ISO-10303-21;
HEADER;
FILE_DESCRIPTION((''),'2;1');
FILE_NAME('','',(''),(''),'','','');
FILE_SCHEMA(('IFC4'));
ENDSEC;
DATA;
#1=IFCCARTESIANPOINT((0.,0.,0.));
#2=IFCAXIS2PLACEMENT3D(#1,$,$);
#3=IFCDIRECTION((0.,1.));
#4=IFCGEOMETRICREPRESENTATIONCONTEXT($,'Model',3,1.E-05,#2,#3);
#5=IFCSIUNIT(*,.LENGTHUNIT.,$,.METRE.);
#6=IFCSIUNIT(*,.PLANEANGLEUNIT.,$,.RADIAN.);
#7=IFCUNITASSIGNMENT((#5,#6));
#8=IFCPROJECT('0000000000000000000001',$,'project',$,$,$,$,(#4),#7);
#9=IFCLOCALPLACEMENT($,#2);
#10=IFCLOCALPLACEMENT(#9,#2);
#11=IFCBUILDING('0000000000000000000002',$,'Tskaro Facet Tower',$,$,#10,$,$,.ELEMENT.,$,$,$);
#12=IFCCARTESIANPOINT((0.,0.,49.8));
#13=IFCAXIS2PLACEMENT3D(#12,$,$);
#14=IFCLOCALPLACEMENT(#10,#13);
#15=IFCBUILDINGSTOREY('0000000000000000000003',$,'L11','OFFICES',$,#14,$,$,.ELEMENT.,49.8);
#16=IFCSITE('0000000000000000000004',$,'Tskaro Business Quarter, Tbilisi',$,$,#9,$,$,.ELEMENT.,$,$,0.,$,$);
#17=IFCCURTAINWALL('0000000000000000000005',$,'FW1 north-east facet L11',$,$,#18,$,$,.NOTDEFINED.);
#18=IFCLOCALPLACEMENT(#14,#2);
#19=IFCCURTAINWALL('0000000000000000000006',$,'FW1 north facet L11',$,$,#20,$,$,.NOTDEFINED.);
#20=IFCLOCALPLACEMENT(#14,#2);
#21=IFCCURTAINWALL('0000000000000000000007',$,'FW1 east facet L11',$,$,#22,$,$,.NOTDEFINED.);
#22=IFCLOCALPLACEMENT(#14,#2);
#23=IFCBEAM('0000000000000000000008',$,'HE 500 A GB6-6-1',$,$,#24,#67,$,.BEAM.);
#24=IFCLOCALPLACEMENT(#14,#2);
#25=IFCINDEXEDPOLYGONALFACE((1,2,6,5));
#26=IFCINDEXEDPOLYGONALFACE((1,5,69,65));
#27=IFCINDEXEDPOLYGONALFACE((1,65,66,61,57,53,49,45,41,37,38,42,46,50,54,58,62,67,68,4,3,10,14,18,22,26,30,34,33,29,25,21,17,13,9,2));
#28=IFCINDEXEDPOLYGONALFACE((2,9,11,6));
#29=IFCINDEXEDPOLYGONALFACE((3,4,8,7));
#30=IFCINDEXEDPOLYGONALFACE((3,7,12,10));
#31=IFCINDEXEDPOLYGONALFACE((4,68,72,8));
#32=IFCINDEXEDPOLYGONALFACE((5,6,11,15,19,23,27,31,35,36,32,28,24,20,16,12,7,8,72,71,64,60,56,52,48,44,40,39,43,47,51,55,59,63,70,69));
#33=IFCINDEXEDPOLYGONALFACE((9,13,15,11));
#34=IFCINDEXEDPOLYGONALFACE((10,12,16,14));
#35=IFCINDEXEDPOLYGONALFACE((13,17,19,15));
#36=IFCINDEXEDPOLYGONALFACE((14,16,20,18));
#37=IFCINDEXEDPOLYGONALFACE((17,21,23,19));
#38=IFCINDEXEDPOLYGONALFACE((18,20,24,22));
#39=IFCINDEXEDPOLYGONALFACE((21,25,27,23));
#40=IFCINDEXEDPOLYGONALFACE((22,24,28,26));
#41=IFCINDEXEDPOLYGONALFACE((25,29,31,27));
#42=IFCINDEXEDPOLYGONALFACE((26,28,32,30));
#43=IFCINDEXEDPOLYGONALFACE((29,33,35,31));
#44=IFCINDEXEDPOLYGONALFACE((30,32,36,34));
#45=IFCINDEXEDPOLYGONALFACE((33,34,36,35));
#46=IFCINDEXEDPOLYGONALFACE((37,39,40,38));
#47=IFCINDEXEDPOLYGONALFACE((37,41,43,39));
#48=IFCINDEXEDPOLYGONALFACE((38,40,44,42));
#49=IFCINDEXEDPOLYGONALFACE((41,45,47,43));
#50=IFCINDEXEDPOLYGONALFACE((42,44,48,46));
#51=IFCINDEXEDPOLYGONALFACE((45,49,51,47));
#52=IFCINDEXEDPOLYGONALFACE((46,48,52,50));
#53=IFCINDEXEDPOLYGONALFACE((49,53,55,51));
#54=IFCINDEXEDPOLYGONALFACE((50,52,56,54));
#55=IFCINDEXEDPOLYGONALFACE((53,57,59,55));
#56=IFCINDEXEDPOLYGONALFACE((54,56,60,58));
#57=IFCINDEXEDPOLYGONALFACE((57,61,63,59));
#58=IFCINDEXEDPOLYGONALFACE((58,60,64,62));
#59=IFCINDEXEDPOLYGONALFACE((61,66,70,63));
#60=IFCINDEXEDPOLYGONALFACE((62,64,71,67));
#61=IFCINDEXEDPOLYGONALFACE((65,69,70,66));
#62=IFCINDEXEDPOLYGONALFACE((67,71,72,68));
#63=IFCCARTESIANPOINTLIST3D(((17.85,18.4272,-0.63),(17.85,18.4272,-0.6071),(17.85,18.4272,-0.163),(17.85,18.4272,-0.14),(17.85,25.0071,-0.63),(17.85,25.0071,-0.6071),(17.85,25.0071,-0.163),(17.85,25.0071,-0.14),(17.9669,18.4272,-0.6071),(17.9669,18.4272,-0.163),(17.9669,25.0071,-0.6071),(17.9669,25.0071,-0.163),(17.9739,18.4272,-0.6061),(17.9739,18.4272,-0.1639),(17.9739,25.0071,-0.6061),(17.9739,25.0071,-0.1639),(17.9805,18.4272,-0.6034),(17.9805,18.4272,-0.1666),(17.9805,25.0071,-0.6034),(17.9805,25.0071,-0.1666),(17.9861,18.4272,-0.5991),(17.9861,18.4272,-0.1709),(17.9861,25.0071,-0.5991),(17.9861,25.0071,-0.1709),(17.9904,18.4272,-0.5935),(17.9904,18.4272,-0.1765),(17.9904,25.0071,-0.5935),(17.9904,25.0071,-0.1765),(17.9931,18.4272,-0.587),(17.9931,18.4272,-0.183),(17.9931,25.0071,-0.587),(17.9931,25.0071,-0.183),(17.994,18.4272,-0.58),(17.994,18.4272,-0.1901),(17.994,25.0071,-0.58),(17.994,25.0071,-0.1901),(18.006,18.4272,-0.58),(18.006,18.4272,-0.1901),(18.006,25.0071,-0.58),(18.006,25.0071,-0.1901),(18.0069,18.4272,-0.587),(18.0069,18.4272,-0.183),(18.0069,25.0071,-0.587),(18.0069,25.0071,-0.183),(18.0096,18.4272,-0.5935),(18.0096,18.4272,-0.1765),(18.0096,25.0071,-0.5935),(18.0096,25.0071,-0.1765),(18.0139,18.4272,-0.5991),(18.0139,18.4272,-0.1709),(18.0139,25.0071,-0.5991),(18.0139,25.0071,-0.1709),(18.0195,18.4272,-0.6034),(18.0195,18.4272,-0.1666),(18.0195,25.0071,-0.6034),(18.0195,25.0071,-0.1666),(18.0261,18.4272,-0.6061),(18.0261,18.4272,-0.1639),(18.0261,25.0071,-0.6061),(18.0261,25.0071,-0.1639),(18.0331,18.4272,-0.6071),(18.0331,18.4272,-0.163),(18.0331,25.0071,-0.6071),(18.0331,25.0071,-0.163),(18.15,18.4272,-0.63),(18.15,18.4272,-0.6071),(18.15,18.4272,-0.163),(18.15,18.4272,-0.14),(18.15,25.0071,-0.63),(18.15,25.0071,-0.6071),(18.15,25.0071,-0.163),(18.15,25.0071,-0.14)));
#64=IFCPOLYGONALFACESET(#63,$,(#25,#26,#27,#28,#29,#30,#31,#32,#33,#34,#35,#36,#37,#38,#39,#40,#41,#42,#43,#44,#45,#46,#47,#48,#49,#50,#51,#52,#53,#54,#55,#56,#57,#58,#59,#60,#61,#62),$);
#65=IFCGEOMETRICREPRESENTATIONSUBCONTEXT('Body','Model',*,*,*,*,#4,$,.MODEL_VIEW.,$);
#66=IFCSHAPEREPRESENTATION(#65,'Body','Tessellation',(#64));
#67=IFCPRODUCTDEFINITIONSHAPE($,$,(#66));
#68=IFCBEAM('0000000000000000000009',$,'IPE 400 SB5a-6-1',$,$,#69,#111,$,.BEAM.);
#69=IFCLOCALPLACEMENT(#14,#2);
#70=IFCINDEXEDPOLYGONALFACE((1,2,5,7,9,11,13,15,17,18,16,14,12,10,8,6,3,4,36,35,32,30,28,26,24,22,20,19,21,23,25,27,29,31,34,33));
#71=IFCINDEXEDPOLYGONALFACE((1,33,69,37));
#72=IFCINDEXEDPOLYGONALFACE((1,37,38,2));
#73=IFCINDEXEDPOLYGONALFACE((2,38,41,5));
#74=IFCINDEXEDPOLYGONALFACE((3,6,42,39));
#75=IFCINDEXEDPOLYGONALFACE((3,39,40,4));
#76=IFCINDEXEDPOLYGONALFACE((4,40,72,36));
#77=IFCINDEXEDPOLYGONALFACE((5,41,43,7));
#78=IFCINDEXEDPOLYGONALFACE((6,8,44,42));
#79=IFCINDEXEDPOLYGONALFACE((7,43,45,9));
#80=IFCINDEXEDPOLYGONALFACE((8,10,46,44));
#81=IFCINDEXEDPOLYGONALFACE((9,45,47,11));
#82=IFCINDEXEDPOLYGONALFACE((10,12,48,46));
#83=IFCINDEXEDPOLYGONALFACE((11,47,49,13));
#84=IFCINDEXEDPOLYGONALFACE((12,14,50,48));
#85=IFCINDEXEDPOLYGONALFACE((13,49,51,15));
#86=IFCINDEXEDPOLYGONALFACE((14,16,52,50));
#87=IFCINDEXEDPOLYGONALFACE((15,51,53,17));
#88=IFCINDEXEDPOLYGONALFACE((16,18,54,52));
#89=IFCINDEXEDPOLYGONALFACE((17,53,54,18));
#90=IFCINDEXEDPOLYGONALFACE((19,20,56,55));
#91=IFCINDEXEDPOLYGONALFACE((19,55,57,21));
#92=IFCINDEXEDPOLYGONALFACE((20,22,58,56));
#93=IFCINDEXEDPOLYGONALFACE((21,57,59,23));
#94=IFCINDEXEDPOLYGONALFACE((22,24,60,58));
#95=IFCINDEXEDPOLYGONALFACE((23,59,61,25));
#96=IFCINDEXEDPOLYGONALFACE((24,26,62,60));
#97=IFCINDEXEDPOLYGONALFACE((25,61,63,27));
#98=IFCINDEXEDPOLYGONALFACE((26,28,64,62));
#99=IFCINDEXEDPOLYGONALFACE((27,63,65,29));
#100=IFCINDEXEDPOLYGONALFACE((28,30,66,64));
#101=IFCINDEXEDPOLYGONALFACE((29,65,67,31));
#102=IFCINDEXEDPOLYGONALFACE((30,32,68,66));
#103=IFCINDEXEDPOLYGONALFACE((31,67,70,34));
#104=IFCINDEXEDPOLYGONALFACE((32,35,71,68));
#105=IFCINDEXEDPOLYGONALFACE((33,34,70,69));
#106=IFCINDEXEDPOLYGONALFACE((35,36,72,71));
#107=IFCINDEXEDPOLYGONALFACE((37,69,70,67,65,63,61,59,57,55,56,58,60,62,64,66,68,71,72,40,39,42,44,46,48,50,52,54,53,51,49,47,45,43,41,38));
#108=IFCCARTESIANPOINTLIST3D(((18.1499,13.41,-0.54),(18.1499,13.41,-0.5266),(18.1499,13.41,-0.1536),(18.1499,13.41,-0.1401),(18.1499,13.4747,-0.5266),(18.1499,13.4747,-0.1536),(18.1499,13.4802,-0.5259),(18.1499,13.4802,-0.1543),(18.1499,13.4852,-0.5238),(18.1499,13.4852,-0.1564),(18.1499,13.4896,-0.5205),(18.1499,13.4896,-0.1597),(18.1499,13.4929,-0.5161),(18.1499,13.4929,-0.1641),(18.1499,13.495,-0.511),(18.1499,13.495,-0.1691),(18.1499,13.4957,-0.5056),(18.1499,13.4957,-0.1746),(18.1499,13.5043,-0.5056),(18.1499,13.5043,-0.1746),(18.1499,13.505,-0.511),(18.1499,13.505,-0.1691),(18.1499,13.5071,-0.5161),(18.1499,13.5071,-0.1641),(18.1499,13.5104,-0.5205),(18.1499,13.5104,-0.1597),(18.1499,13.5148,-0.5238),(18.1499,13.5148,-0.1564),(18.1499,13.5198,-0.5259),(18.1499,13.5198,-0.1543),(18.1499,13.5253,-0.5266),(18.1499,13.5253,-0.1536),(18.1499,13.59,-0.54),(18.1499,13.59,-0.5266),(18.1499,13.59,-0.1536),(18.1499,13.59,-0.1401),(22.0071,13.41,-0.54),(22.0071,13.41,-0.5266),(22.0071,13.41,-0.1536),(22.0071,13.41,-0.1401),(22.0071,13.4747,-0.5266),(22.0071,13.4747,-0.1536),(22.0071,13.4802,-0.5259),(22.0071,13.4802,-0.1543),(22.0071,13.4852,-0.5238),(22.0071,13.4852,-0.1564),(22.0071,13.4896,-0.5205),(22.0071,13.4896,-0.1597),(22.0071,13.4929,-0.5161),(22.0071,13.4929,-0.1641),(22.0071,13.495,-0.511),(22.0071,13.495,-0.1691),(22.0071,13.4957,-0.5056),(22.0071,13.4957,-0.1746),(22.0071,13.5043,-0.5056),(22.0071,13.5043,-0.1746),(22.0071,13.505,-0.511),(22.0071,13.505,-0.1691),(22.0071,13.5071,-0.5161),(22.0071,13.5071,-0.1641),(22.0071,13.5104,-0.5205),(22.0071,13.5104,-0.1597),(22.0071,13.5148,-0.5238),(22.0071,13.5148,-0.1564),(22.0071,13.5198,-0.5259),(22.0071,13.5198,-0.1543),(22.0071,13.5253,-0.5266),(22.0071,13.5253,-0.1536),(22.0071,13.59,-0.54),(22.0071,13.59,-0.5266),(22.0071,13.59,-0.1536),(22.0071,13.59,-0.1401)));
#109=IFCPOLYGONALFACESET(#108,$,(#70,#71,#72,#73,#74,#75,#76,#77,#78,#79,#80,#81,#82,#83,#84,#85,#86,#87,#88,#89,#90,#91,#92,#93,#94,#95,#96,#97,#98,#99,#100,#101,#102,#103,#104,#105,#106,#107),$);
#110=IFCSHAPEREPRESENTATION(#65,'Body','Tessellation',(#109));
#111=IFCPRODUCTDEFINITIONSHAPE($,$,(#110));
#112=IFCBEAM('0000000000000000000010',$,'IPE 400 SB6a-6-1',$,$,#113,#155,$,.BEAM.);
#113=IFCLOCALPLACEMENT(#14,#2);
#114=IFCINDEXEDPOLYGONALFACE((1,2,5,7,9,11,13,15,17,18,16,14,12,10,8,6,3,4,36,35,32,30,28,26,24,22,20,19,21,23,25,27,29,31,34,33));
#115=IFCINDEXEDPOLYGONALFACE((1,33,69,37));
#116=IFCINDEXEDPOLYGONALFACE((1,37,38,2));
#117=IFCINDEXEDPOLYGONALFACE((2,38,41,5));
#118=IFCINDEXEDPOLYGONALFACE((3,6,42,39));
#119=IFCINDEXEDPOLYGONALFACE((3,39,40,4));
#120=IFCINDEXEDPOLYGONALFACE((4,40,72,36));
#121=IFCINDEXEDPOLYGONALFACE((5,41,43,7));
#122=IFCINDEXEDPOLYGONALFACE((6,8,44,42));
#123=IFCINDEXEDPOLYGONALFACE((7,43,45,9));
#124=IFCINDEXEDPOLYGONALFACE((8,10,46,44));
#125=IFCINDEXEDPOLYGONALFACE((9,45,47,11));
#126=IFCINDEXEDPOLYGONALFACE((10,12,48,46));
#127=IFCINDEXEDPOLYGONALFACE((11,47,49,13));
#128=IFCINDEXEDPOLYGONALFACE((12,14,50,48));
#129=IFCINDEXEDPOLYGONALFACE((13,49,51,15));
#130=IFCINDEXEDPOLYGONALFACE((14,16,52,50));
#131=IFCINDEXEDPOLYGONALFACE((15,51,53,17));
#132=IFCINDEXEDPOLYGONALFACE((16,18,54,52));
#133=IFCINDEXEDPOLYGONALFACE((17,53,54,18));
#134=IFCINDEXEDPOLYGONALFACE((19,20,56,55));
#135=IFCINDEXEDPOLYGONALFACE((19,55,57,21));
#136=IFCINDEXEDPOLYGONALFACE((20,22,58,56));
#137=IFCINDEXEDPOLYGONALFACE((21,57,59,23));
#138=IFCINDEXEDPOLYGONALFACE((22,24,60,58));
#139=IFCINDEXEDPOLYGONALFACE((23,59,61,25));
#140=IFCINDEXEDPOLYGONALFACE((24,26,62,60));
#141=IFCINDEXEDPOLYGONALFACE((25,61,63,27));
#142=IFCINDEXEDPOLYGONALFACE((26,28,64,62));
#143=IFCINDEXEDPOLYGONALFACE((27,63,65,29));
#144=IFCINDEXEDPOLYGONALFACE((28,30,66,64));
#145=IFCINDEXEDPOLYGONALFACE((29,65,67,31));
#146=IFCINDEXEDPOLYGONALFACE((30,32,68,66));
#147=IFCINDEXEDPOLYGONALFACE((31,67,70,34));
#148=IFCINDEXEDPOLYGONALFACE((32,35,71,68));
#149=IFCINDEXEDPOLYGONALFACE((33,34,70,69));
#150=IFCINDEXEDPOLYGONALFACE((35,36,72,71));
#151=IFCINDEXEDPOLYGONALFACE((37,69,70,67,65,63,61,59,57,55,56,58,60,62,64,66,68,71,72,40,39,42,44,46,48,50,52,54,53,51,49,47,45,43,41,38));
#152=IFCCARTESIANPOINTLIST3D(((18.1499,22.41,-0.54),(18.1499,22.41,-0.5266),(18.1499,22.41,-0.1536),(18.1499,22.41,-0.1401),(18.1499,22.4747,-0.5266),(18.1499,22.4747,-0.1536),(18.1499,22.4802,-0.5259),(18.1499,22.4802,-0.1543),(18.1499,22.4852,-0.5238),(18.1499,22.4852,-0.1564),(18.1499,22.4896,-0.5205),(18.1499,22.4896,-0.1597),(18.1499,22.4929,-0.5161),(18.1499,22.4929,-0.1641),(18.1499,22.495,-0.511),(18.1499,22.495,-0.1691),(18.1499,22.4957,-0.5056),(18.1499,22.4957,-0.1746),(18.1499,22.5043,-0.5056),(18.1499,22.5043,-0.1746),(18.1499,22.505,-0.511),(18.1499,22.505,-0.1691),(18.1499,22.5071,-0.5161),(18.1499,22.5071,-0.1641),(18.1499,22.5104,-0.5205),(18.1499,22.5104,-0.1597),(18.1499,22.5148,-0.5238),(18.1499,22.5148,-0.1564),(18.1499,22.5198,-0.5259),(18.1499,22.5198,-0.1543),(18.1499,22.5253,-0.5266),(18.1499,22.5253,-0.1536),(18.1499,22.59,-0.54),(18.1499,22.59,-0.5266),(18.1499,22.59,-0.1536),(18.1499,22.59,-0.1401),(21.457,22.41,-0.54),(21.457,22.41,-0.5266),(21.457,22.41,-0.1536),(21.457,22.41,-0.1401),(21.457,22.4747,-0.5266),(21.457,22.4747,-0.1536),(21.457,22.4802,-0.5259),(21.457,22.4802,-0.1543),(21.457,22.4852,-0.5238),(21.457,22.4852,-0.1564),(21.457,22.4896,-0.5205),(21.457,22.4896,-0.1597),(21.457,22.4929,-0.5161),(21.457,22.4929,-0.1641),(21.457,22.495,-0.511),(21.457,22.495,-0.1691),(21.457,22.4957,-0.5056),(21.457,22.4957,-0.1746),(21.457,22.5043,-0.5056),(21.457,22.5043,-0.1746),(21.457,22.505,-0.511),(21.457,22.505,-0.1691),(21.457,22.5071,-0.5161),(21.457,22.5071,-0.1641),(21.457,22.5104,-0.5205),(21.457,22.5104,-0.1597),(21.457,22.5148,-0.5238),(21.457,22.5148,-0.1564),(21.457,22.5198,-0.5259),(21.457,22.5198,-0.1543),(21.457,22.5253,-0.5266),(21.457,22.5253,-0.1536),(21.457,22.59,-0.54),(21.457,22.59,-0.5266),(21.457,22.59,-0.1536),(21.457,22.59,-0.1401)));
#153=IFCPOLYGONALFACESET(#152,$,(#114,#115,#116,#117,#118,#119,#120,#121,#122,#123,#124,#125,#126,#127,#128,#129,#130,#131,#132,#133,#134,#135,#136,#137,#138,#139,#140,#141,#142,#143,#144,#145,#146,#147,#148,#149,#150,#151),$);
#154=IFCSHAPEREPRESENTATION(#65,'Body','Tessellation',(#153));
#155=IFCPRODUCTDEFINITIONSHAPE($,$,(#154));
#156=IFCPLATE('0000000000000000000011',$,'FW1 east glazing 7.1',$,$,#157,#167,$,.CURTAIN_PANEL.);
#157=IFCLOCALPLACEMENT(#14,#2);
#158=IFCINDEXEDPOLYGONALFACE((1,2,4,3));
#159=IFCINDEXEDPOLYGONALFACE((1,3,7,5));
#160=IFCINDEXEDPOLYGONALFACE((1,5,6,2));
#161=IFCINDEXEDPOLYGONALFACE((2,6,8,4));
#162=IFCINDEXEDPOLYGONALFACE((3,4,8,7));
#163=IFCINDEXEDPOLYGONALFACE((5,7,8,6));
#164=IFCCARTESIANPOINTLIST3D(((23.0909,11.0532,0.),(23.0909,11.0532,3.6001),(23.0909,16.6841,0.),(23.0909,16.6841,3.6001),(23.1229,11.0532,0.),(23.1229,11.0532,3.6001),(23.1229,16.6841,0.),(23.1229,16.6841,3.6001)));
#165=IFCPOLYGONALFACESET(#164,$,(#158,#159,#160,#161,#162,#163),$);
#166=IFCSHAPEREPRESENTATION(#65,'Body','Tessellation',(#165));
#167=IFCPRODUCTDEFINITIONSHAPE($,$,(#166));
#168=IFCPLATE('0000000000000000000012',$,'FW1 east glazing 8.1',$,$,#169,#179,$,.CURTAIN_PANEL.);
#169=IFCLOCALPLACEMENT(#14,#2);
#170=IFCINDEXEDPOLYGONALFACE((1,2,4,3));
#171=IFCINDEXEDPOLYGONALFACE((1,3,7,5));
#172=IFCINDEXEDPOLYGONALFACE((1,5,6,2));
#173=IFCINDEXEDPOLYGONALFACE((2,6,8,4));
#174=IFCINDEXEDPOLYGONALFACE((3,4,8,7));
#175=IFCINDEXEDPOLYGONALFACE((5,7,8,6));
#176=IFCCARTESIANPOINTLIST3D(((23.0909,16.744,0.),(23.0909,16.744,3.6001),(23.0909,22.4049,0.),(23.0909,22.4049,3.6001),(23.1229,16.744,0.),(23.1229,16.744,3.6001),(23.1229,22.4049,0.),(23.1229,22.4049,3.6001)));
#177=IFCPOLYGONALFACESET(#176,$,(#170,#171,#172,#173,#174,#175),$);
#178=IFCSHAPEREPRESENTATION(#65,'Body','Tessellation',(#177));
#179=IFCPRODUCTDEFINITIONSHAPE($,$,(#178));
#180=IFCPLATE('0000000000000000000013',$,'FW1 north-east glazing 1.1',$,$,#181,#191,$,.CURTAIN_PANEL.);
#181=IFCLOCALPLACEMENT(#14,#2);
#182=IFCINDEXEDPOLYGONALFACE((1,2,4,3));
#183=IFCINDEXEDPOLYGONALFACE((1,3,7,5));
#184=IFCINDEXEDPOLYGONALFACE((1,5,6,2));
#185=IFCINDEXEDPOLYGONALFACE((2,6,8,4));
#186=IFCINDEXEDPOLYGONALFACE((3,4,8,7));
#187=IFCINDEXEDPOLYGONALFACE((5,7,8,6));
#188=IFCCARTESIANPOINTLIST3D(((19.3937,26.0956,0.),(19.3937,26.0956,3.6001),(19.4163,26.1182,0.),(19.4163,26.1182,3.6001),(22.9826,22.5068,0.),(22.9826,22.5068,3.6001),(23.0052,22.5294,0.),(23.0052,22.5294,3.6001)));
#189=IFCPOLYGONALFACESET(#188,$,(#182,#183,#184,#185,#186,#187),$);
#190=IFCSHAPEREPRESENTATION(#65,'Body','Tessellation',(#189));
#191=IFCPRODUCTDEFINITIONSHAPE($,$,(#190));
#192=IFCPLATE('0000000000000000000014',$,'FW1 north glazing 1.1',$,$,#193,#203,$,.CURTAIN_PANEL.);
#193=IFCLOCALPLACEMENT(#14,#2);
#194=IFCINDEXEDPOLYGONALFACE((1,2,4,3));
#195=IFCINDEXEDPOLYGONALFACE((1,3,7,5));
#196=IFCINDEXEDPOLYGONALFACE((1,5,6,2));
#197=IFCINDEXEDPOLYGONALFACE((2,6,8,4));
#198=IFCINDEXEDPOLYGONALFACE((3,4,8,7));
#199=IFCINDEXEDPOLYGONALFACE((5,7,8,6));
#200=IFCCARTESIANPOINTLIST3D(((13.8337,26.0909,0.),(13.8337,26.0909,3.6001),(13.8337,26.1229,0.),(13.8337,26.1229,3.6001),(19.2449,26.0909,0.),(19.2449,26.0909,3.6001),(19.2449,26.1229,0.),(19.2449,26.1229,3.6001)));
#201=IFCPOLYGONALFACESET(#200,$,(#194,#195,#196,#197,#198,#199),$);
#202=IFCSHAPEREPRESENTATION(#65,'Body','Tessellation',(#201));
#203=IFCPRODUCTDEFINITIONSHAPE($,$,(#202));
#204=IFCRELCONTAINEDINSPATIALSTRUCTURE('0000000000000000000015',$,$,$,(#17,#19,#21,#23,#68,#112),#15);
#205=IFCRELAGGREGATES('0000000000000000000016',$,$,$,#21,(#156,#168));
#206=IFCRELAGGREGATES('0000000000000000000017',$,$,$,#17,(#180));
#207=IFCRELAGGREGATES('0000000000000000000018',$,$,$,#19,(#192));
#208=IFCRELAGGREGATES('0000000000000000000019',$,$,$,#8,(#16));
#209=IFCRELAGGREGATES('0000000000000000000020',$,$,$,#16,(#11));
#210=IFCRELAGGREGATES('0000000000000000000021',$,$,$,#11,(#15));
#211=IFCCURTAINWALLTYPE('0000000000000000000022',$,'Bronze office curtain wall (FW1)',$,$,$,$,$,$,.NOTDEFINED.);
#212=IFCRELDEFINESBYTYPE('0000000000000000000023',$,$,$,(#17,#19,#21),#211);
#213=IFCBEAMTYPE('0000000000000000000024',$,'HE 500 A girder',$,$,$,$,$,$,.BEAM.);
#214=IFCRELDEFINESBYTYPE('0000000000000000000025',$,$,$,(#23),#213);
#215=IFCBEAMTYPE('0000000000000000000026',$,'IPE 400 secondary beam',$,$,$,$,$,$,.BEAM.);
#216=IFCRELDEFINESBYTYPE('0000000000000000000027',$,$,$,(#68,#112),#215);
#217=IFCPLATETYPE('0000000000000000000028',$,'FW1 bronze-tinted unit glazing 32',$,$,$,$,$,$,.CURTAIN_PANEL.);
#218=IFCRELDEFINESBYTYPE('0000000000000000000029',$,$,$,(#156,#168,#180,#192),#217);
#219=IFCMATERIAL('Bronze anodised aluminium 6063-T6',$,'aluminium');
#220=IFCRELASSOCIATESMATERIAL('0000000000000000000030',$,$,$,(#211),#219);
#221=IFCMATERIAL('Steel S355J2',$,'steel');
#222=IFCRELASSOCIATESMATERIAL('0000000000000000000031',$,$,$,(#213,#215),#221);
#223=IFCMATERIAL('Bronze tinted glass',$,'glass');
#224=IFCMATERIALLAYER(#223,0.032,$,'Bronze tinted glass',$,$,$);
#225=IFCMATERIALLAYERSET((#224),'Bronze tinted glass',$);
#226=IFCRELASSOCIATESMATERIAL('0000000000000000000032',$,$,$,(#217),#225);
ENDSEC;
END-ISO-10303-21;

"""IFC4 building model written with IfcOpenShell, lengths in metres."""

from ifc_helpers import new_model, si_unit, direction, frame, origin, origin_2d, place, context, subcontext, project, spatial, rectangle, i_section, extrude, material, layer, layer_set, material_profile, profile_set, type_object, element, aggregate, save


model = new_model("IFC4")

# Units and contexts
model_context = context("Model", 3, precision=1e-05, world=origin(), true_north=direction((0.0, 1.0)))
body_context = subcontext(model_context, "Body", "Model", "MODEL_VIEW")
ifc_project = project(units=[si_unit("LENGTHUNIT", "METRE"), si_unit("PLANEANGLEUNIT", "RADIAN")], contexts=[model_context])

# Site, building, storey
site_placement = place(None, origin())
site = spatial("IfcSite", under=ifc_project, at=site_placement, Name="Tskaro Business Quarter, Tbilisi", CompositionType="ELEMENT", RefElevation=0.0)
building_placement = place(site_placement, origin())
building = spatial("IfcBuilding", under=site, at=building_placement, Name="Tskaro Facet Tower", CompositionType="ELEMENT")
storey_placement = place(building_placement, frame((0.0, 0.0, 49.8)))
storey = spatial("IfcBuildingStorey", under=building, at=storey_placement, Name="L11", Description="OFFICES", CompositionType="ELEMENT", Elevation=49.8)

# Curtain walls
ifc_material_1 = material(Name="Bronze anodised aluminium 6063-T6", Category="aluminium")
curtain_wall_type = type_object("IfcCurtainWallType", Name="Bronze office curtain wall (FW1)", PredefinedType="NOTDEFINED", material=ifc_material_1)
curtain_wall_1_placement = place(storey_placement, origin())
curtain_wall_1 = element("IfcCurtainWall", 1, at=curtain_wall_1_placement, inside=storey, type_object=curtain_wall_type, Name="FW1 north-east facet L11", PredefinedType="NOTDEFINED")
curtain_wall_2_placement = place(storey_placement, origin())
curtain_wall_2 = element("IfcCurtainWall", 2, at=curtain_wall_2_placement, inside=storey, type_object=curtain_wall_type, Name="FW1 north facet L11", PredefinedType="NOTDEFINED")

# Curtain wall
curtain_wall_3_placement = place(storey_placement, origin())
curtain_wall_3 = element("IfcCurtainWall", 3, at=curtain_wall_3_placement, inside=storey, type_object=curtain_wall_type, Name="FW1 east facet L11", PredefinedType="NOTDEFINED")

# Beams
ifc_material_2 = material(Name="Steel S355J2", Category="steel")
ifc_material_profile_1 = material_profile(ifc_material_2, i_section(OverallWidth=0.3, OverallDepth=0.49, WebThickness=0.012, FlangeThickness=0.0229, FilletRadius=0.0271, at=origin_2d()), Name="HE 500 A")
ifc_profile_set_1 = profile_set([ifc_material_profile_1], Name="Steel S355J2")
beam_type_1 = type_object("IfcBeamType", Name="HE 500 A girder", PredefinedType="BEAM", material=ifc_profile_set_1)
beam_1_placement = place(storey_placement, frame((18.0, 18.4272, -0.385), z_axis=(0.0, 1.0, 0.0), x_axis=(-1.0, 0.0, 0.0)))
element("IfcBeam", 4, at=beam_1_placement, inside=storey, type_object=beam_type_1, Name="HE 500 A GB6-6-1", PredefinedType="BEAM", context=body_context, shape_type="SweptSolid", body=[
    extrude(i_section(OverallWidth=0.3, OverallDepth=0.49, WebThickness=0.012, FlangeThickness=0.0229, FilletRadius=0.0271, at=origin_2d()), origin(), (0.0, 0.0, 1.0), 6.5798),
])
ifc_material_profile_2 = material_profile(ifc_material_2, i_section(OverallWidth=0.1799, OverallDepth=0.3999, WebThickness=0.0085, FlangeThickness=0.0134, FilletRadius=0.021, at=origin_2d()), Name="IPE 400")
ifc_profile_set_2 = profile_set([ifc_material_profile_2], Name="Steel S355J2")
beam_type_2 = type_object("IfcBeamType", Name="IPE 400 secondary beam", PredefinedType="BEAM", material=ifc_profile_set_2)
beam_2_placement = place(storey_placement, frame((18.1499, 13.5, -0.3401), z_axis=(1.0, 0.0, 0.0), x_axis=(0.0, 1.0, 0.0)))
element("IfcBeam", 5, at=beam_2_placement, inside=storey, type_object=beam_type_2, Name="IPE 400 SB5a-6-1", PredefinedType="BEAM", context=body_context, shape_type="SweptSolid", body=[
    extrude(i_section(OverallWidth=0.1799, OverallDepth=0.3999, WebThickness=0.0085, FlangeThickness=0.0134, FilletRadius=0.021, at=origin_2d()), origin(), (0.0, 0.0, 1.0), 3.8572),
])
beam_3_placement = place(storey_placement, frame((18.1499, 22.5, -0.3401), z_axis=(1.0, 0.0, 0.0), x_axis=(0.0, 1.0, 0.0)))
element("IfcBeam", 6, at=beam_3_placement, inside=storey, type_object=beam_type_2, Name="IPE 400 SB6a-6-1", PredefinedType="BEAM", context=body_context, shape_type="SweptSolid", body=[
    extrude(i_section(OverallWidth=0.1799, OverallDepth=0.3999, WebThickness=0.0085, FlangeThickness=0.0134, FilletRadius=0.021, at=origin_2d()), origin(), (0.0, 0.0, 1.0), 3.3071),
])

# Plates
ifc_material_3 = material(Name="Bronze tinted glass", Category="glass")
ifc_layer_1 = layer(ifc_material_3, 0.032, Name="Bronze tinted glass")
ifc_layer_set_1 = layer_set([ifc_layer_1], Name="Bronze tinted glass")
plate_type = type_object("IfcPlateType", Name="FW1 bronze-tinted unit glazing 32", PredefinedType="CURTAIN_PANEL", material=ifc_layer_set_1)
plate_1_placement = place(storey_placement, frame((23.1069, 13.8687, 0.0), z_axis=(0.0, 0.0, 1.0), x_axis=(0.0, 1.0, 0.0)))
plate_1 = element("IfcPlate", 7, at=plate_1_placement, type_object=plate_type, Name="FW1 east glazing 7.1", PredefinedType="CURTAIN_PANEL", context=body_context, shape_type="SweptSolid", body=[
    extrude(rectangle(XDim=5.6309, YDim=0.032, at=origin_2d()), origin(), (0.0, 0.0, 1.0), 3.6001),
])
plate_2_placement = place(storey_placement, frame((23.1069, 19.5745, 0.0), z_axis=(0.0, 0.0, 1.0), x_axis=(0.0, 1.0, 0.0)))
plate_2 = element("IfcPlate", 8, at=plate_2_placement, type_object=plate_type, Name="FW1 east glazing 8.1", PredefinedType="CURTAIN_PANEL", context=body_context, shape_type="SweptSolid", body=[
    extrude(rectangle(XDim=5.6609, YDim=0.032, at=origin_2d()), origin(), (0.0, 0.0, 1.0), 3.6001),
])
aggregate(curtain_wall_3, [plate_1, plate_2])
plate_3_placement = place(storey_placement, frame((21.1995, 24.3125, 0.0), z_axis=(0.0, 0.0, 1.0), x_axis=(-0.707107, 0.707107, 0.0)))
plate_3 = element("IfcPlate", 9, at=plate_3_placement, type_object=plate_type, Name="FW1 north-east glazing 1.1", PredefinedType="CURTAIN_PANEL", context=body_context, shape_type="SweptSolid", body=[
    extrude(rectangle(XDim=5.0754, YDim=0.032, at=origin_2d()), origin(), (0.0, 0.0, 1.0), 3.6001),
])
aggregate(curtain_wall_1, [plate_3])
plate_4_placement = place(storey_placement, frame((16.5393, 26.1069, 0.0), z_axis=(0.0, 0.0, 1.0), x_axis=(-1.0, 0.0, 0.0)))
plate_4 = element("IfcPlate", 10, at=plate_4_placement, type_object=plate_type, Name="FW1 north glazing 1.1", PredefinedType="CURTAIN_PANEL", context=body_context, shape_type="SweptSolid", body=[
    extrude(rectangle(XDim=5.4111, YDim=0.032, at=origin_2d()), origin(), (0.0, 0.0, 1.0), 3.6001),
])
aggregate(curtain_wall_2, [plate_4])

save(model, "model.ifc")
